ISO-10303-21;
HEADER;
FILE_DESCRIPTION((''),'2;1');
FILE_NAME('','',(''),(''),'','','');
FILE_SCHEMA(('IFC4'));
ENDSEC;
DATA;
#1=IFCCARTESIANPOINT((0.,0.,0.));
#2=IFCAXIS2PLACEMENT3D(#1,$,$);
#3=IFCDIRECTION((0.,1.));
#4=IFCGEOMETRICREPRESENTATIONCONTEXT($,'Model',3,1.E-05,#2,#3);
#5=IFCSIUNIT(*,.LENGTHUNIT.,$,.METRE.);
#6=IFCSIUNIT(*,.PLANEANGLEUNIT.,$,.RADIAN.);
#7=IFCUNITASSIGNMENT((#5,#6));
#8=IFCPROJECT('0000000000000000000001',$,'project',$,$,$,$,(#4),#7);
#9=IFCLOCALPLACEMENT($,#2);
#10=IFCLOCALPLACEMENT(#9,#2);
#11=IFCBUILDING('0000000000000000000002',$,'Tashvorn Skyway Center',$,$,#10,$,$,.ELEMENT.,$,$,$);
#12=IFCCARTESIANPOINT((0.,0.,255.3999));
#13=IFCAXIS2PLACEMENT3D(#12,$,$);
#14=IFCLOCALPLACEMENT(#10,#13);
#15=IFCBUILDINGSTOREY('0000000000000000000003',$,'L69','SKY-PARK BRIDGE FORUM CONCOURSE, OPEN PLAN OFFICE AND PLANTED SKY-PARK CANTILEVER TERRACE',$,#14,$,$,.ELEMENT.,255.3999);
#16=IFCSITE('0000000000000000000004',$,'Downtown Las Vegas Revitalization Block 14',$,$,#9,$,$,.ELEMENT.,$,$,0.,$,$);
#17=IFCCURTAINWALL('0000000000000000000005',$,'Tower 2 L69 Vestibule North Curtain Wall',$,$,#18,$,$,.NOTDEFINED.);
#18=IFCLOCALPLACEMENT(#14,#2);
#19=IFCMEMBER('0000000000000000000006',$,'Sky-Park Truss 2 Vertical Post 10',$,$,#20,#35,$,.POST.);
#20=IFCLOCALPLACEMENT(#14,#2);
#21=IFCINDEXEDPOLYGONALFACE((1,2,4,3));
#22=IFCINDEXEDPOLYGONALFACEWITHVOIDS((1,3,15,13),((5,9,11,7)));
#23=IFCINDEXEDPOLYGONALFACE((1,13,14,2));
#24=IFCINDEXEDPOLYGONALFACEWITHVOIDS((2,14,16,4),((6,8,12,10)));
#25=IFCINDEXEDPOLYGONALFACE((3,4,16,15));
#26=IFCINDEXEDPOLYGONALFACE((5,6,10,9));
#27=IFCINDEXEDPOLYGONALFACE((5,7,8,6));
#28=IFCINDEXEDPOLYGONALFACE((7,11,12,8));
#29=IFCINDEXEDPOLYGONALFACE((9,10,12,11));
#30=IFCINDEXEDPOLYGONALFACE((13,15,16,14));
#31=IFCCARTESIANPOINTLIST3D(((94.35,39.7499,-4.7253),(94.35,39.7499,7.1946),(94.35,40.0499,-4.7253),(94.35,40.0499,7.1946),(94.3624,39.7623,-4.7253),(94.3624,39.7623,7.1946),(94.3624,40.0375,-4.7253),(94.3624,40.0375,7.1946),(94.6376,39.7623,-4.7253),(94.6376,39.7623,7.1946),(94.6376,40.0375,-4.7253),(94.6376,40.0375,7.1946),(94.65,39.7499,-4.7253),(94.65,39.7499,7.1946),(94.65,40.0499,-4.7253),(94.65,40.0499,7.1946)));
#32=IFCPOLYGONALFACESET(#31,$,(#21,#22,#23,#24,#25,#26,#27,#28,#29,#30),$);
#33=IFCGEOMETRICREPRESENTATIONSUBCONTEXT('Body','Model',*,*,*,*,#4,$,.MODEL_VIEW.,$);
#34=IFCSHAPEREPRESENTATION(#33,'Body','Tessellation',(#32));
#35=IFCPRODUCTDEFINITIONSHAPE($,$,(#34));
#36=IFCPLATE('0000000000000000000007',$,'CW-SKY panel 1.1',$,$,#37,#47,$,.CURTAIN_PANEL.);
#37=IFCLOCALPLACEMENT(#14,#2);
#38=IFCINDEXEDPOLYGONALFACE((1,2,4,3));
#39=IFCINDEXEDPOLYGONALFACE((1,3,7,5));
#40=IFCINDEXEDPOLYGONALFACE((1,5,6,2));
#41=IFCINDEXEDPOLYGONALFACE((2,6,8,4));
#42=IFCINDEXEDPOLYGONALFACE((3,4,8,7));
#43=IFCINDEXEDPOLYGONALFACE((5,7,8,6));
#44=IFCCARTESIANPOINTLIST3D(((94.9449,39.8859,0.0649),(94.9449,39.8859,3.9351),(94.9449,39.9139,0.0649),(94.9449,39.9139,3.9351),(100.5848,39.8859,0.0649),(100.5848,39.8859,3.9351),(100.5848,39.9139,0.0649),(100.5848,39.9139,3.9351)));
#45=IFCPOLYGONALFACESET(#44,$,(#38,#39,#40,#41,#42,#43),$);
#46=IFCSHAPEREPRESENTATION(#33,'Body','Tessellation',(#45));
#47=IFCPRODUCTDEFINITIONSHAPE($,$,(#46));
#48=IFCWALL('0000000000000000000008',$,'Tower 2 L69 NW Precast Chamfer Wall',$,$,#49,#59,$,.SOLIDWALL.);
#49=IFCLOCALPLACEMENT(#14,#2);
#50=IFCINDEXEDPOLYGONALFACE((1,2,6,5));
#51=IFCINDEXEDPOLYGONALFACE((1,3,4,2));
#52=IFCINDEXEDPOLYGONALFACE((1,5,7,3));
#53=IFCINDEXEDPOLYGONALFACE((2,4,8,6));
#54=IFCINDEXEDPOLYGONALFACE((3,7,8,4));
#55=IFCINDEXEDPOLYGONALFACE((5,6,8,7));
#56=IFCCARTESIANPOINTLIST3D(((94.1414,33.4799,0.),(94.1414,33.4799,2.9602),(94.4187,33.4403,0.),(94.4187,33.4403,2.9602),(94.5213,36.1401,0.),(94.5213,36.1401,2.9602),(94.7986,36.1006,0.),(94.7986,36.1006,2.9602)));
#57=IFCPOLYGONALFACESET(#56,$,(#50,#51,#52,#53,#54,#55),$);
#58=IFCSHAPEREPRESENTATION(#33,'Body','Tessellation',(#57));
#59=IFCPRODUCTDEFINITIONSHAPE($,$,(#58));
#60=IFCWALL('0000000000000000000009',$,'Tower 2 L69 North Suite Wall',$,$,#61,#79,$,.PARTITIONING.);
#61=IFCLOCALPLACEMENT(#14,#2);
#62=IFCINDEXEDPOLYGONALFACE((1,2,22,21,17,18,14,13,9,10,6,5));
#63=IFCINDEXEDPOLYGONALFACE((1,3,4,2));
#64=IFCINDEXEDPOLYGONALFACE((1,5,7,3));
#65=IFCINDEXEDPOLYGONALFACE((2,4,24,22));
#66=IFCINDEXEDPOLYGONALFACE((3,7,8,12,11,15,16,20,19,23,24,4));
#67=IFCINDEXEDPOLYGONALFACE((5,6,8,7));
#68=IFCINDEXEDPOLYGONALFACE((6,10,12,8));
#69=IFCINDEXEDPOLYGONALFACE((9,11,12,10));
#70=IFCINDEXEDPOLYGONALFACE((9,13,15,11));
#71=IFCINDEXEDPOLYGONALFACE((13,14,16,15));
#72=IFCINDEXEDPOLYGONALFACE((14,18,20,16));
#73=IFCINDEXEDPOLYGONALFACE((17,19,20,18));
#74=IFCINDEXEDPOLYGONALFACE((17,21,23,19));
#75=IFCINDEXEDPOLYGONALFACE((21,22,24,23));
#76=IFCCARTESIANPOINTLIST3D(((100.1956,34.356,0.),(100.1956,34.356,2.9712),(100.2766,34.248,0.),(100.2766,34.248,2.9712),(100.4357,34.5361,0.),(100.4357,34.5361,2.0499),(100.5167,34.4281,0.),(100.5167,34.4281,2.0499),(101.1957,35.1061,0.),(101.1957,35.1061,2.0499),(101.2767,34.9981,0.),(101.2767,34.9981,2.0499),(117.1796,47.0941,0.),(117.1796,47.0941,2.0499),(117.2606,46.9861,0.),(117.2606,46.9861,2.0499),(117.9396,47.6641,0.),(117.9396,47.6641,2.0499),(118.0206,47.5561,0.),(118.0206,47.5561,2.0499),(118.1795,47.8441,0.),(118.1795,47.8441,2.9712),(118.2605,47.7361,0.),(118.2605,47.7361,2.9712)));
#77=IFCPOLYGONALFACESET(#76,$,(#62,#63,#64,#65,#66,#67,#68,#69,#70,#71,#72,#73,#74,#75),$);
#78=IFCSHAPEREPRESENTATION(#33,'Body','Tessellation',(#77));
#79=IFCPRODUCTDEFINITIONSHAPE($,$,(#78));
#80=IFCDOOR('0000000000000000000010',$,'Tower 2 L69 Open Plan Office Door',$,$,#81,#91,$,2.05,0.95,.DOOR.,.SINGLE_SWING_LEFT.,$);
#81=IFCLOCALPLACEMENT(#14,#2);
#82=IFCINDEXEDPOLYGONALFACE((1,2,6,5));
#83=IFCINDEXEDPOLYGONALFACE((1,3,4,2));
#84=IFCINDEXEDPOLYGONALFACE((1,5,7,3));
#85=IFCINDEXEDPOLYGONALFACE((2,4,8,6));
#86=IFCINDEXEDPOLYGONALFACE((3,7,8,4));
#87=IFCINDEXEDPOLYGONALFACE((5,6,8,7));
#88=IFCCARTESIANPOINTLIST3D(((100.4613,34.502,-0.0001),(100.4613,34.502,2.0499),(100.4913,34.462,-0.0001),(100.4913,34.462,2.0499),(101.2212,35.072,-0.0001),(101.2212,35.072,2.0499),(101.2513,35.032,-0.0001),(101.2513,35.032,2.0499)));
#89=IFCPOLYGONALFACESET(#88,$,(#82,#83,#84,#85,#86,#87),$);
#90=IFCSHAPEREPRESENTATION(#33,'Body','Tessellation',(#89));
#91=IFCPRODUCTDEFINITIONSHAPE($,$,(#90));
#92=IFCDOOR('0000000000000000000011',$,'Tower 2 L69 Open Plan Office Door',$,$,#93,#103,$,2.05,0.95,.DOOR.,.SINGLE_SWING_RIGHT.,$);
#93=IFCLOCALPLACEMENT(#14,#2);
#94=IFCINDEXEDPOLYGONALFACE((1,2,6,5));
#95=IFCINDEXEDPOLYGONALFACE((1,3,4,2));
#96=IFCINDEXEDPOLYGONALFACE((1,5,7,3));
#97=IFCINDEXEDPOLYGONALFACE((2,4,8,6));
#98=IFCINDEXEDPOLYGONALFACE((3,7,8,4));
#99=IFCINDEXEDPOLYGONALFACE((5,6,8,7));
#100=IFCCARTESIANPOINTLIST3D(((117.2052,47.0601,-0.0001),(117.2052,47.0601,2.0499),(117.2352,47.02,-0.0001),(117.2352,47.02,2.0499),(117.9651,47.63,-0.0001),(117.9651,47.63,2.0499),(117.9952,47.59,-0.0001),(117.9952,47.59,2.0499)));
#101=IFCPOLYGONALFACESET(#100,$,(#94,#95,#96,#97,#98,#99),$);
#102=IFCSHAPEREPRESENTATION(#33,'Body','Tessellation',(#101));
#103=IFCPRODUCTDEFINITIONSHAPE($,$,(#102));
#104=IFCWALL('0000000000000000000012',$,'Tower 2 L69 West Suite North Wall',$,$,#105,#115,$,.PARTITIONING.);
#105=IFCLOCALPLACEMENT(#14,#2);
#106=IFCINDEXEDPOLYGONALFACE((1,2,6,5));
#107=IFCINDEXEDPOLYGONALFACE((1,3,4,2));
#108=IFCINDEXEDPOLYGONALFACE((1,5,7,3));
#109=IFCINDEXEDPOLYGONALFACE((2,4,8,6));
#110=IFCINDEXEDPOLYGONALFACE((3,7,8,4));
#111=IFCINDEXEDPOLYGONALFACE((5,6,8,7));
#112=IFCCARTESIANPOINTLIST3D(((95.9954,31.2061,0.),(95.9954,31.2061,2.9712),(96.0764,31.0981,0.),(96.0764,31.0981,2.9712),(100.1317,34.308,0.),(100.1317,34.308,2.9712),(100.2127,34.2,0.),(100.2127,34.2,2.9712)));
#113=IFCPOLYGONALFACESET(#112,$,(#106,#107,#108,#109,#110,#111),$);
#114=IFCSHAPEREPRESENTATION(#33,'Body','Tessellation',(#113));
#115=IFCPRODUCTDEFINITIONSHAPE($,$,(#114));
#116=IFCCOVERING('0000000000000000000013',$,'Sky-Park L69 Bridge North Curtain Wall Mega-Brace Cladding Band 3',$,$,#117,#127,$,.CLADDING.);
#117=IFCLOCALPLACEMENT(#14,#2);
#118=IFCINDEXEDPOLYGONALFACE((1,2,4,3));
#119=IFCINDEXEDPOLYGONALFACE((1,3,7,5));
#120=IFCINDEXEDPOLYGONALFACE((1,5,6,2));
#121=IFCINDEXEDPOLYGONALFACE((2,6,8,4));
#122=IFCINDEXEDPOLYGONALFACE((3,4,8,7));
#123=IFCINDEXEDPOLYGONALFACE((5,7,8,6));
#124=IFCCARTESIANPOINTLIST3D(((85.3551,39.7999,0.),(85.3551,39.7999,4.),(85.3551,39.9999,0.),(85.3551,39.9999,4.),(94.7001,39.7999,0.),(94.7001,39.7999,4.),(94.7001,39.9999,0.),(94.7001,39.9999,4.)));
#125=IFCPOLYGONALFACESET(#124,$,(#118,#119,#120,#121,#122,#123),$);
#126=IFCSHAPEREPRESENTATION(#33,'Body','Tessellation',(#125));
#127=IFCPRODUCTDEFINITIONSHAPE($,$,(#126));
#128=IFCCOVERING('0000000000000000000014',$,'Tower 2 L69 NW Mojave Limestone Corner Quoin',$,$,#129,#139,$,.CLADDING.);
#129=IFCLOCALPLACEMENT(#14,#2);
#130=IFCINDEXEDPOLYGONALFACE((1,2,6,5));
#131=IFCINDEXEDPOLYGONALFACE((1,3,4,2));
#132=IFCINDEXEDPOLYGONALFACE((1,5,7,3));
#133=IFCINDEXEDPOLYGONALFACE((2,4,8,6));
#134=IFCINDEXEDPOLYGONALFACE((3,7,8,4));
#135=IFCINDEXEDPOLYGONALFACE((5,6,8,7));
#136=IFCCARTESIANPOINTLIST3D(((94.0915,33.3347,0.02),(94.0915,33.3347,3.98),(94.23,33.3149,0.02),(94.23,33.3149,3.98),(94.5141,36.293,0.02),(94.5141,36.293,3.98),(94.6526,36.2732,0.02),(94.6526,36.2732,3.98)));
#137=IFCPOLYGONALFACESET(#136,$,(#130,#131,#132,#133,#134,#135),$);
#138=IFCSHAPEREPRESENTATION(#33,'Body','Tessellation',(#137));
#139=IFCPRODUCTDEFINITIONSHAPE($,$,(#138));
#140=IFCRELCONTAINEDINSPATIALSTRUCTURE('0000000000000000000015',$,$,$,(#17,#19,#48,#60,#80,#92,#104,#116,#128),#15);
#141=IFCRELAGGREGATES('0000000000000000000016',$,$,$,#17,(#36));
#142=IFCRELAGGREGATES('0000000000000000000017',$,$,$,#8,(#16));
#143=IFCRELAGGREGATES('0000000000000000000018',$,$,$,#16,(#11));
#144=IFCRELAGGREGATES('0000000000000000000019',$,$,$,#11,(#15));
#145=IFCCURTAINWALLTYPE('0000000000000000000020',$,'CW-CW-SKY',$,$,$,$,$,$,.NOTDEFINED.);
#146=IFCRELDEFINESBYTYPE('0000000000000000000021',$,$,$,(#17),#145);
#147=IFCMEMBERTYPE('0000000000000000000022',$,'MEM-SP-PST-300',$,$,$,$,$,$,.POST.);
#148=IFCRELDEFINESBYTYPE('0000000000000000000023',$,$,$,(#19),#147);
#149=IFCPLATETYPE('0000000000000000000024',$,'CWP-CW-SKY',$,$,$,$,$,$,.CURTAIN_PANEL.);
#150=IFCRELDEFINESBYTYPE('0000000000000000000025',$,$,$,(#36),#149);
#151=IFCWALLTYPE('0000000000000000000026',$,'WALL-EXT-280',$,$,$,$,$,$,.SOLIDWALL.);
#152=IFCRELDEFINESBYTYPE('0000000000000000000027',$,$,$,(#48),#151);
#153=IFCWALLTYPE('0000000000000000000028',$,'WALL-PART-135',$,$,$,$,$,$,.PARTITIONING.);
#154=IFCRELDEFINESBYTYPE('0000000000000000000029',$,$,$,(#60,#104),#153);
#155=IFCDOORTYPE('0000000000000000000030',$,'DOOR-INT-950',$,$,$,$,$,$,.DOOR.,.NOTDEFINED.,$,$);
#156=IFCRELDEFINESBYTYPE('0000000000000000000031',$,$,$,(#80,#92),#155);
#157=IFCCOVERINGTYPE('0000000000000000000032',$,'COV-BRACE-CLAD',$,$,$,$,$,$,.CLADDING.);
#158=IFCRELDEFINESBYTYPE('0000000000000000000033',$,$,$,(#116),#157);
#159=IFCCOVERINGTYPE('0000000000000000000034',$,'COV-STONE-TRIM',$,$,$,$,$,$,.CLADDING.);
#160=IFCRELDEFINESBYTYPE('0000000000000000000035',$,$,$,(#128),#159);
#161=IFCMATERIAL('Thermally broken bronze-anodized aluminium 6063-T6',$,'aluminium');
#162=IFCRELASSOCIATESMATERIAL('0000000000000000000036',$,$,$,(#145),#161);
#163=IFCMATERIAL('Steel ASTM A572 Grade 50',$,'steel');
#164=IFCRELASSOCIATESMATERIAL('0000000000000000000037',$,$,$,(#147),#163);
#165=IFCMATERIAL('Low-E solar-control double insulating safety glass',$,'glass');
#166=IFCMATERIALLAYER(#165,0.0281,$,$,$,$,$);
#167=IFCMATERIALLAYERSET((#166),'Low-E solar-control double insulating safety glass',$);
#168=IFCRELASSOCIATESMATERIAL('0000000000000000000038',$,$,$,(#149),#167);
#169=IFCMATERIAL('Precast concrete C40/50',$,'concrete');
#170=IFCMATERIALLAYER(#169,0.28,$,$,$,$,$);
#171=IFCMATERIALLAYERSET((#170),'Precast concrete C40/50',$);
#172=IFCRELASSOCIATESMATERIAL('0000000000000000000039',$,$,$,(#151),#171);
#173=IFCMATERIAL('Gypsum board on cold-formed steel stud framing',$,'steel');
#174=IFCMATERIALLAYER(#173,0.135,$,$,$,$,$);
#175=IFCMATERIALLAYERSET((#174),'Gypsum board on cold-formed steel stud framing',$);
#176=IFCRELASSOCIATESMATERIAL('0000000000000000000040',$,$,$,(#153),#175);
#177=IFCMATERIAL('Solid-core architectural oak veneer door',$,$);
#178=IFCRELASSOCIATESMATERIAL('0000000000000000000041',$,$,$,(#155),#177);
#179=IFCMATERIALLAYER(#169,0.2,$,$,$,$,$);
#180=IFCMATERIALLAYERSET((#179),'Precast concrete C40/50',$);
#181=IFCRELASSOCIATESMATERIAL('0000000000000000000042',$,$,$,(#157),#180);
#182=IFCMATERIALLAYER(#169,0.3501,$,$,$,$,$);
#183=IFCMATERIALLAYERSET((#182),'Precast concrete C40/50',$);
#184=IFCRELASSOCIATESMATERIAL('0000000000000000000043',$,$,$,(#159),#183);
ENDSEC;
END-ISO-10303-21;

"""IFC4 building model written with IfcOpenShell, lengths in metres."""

from ifc_helpers import new_model, si_unit, direction, frame, frame_2d, origin, origin_2d, place, context, subcontext, project, spatial, rectangle, hollow_rectangle, extrude, material, layer, layer_set, material_profile, profile_set, type_object, element, fill, aggregate, save


model = new_model("IFC4")

# Units and contexts
model_context = context("Model", 3, precision=1e-05, world=origin(), true_north=direction((0.0, 1.0)))
body_context = subcontext(model_context, "Body", "Model", "MODEL_VIEW")
ifc_project = project(units=[si_unit("LENGTHUNIT", "METRE"), si_unit("PLANEANGLEUNIT", "RADIAN")], contexts=[model_context])

# Site, building, storey
site_placement = place(None, origin())
site = spatial("IfcSite", under=ifc_project, at=site_placement, Name="Downtown Las Vegas Revitalization Block 14", CompositionType="ELEMENT", RefElevation=0.0)
building_placement = place(site_placement, origin())
building = spatial("IfcBuilding", under=site, at=building_placement, Name="Tashvorn Skyway Center", CompositionType="ELEMENT")
storey_placement = place(building_placement, frame((0.0, 0.0, 255.3999)))
storey = spatial("IfcBuildingStorey", under=building, at=storey_placement, Name="L69", Description="SKY-PARK BRIDGE FORUM CONCOURSE, OPEN PLAN OFFICE AND PLANTED SKY-PARK CANTILEVER TERRACE", CompositionType="ELEMENT", Elevation=255.3999)

# Shared definitions
ifc_material_1 = material(Name="Steel ASTM A572 Grade 50", Category="steel")

# Curtain wall
ifc_material_2 = material(Name="Thermally broken bronze-anodized aluminium 6063-T6", Category="aluminium")
curtain_wall_type = type_object("IfcCurtainWallType", Name="CW-CW-SKY", PredefinedType="NOTDEFINED", material=ifc_material_2)
curtain_wall_1_placement = place(storey_placement, origin())
curtain_wall_1 = element("IfcCurtainWall", 1, at=curtain_wall_1_placement, inside=storey, type_object=curtain_wall_type, Name="Tower 2 L69 Vestibule North Curtain Wall", PredefinedType="NOTDEFINED")

# Member
ifc_material_profile_1 = material_profile(ifc_material_1, hollow_rectangle(XDim=0.3, YDim=0.3, WallThickness=0.0125, at=origin_2d()), Name="HSS300x300x12.5")
ifc_profile_set_1 = profile_set([ifc_material_profile_1], Name="Steel ASTM A572 Grade 50")
member_type_1 = type_object("IfcMemberType", Name="MEM-SP-PST-300", PredefinedType="POST", material=ifc_profile_set_1)
member_1_placement = place(storey_placement, frame((94.5, 39.8999, -4.7253), z_axis=(0.0, 0.0, 1.0), x_axis=(1.0, 0.0, 0.0)))
element("IfcMember", 2, at=member_1_placement, inside=storey, type_object=member_type_1, Name="Sky-Park Truss 2 Vertical Post 10", PredefinedType="POST", context=body_context, shape_type="SweptSolid", body=[
    extrude(hollow_rectangle(XDim=0.3, YDim=0.3, WallThickness=0.0125, at=origin_2d()), origin(), (0.0, 0.0, 1.0), 11.9199),
])

# Plate
ifc_material_3 = material(Name="Low-E solar-control double insulating safety glass", Category="glass")
ifc_layer_1 = layer(ifc_material_3, 0.0281)
ifc_layer_set_1 = layer_set([ifc_layer_1], Name="Low-E solar-control double insulating safety glass")
plate_type = type_object("IfcPlateType", Name="CWP-CW-SKY", PredefinedType="CURTAIN_PANEL", material=ifc_layer_set_1)
plate_placement = place(storey_placement, frame((97.7649, 39.8999, 0.0649), z_axis=(0.0, 0.0, 1.0), x_axis=(1.0, 0.0, 0.0)))
plate = element("IfcPlate", 3, at=plate_placement, type_object=plate_type, Name="CW-SKY panel 1.1", PredefinedType="CURTAIN_PANEL", context=body_context, shape_type="SweptSolid", body=[
    extrude(rectangle(XDim=5.6399, YDim=0.0281, at=origin_2d()), origin(), (0.0, 0.0, 1.0), 3.8701),
])
aggregate(curtain_wall_1, [plate])

# Wall
ifc_material_4 = material(Name="Precast concrete C40/50", Category="concrete")
ifc_layer_2 = layer(ifc_material_4, 0.28)
ifc_layer_set_2 = layer_set([ifc_layer_2], Name="Precast concrete C40/50")
wall_type_1 = type_object("IfcWallType", Name="WALL-EXT-280", PredefinedType="SOLIDWALL", material=ifc_layer_set_2)
wall_1_placement = place(storey_placement, frame((94.28, 33.46, 0.0), z_axis=(0.0, 0.0, 1.0), x_axis=(0.14137, 0.989957, 0.0)))
element("IfcWall", 4, at=wall_1_placement, inside=storey, type_object=wall_type_1, Name="Tower 2 L69 NW Precast Chamfer Wall", PredefinedType="SOLIDWALL", context=body_context, shape_type="SweptSolid", body=[
    extrude(rectangle(XDim=2.6873, YDim=0.28, at=frame_2d((1.3438, 0.0))), origin(), (0.0, 0.0, 1.0), 2.9602),
])

# Wall, openings, doors
ifc_material_5 = material(Name="Gypsum board on cold-formed steel stud framing", Category="steel")
ifc_layer_3 = layer(ifc_material_5, 0.135)
ifc_layer_set_3 = layer_set([ifc_layer_3], Name="Gypsum board on cold-formed steel stud framing")
wall_type_2 = type_object("IfcWallType", Name="WALL-PART-135", PredefinedType="PARTITIONING", material=ifc_layer_set_3)
wall_2_placement = place(storey_placement, frame((100.2361, 34.302, 0.0), z_axis=(0.0, 0.0, 1.0), x_axis=(0.799997, 0.600003, 0.0)))
wall_2 = element("IfcWall", 5, at=wall_2_placement, inside=storey, type_object=wall_type_2, Name="Tower 2 L69 North Suite Wall", PredefinedType="PARTITIONING", context=body_context, shape_type="SweptSolid", body=[
    extrude(rectangle(XDim=22.48, YDim=0.135, at=frame_2d((11.24, 0.0))), origin(), (0.0, 0.0, 1.0), 2.9712),
])
opening_1_placement = place(wall_2_placement, frame((0.3, 0.0, 0.0)))
opening_1 = element("IfcOpeningElement", 6, at=opening_1_placement, cuts=wall_2, PredefinedType="OPENING", context=body_context, shape_type="SweptSolid", body=[
    extrude(rectangle(XDim=0.95, YDim=2.05, at=frame_2d((0.4751, 1.0249))), frame((0.0, 0.0774, 0.0), z_axis=(0.0, -1.0, 0.0), x_axis=(1.0, 0.0, 0.0)), (0.0, 0.0, 1.0), 0.155),
])
opening_2_placement = place(wall_2_placement, frame((21.23, 0.0, 0.0)))
opening_2 = element("IfcOpeningElement", 7, at=opening_2_placement, cuts=wall_2, PredefinedType="OPENING", context=body_context, shape_type="SweptSolid", body=[
    extrude(rectangle(XDim=0.95, YDim=2.05, at=frame_2d((0.4751, 1.0249))), frame((0.0, 0.0774, 0.0), z_axis=(0.0, -1.0, 0.0), x_axis=(1.0, 0.0, 0.0)), (0.0, 0.0, 1.0), 0.155),
])
ifc_material_6 = material(Name="Solid-core architectural oak veneer door")
door_type = type_object("IfcDoorType", Name="DOOR-INT-950", OperationType="NOTDEFINED", PredefinedType="DOOR", material=ifc_material_6)
door_1_placement = place(opening_1_placement, origin())
door_1 = element("IfcDoor", 8, at=door_1_placement, inside=storey, type_object=door_type, Name="Tower 2 L69 Open Plan Office Door", OperationType="SINGLE_SWING_LEFT", OverallHeight=2.05, OverallWidth=0.95, PredefinedType="DOOR", context=body_context, shape_type="SweptSolid", body=[
    extrude(rectangle(XDim=0.95, YDim=2.05, at=frame_2d((0.4751, 1.0249))), frame((0.0, 0.0249, 0.0), z_axis=(0.0, -1.0, 0.0), x_axis=(1.0, 0.0, 0.0)), (0.0, 0.0, 1.0), 0.05),
])
fill(opening_1, door_1)
door_2_placement = place(opening_2_placement, origin())
door_2 = element("IfcDoor", 9, at=door_2_placement, inside=storey, type_object=door_type, Name="Tower 2 L69 Open Plan Office Door", OperationType="SINGLE_SWING_RIGHT", OverallHeight=2.05, OverallWidth=0.95, PredefinedType="DOOR", context=body_context, shape_type="SweptSolid", body=[
    extrude(rectangle(XDim=0.95, YDim=2.05, at=frame_2d((0.4751, 1.0249))), frame((0.0, 0.0249, 0.0), z_axis=(0.0, -1.0, 0.0), x_axis=(1.0, 0.0, 0.0)), (0.0, 0.0, 1.0), 0.05),
])
fill(opening_2, door_2)

# Wall
wall_3_placement = place(storey_placement, frame((100.1721, 34.2539, 0.0), z_axis=(0.0, 0.0, 1.0), x_axis=(-0.800034, -0.599955, 0.0)))
element("IfcWall", 10, at=wall_3_placement, inside=storey, type_object=wall_type_2, Name="Tower 2 L69 West Suite North Wall", PredefinedType="PARTITIONING", context=body_context, shape_type="SweptSolid", body=[
    extrude(rectangle(XDim=5.1702, YDim=0.135, at=frame_2d((2.585, 0.0))), origin(), (0.0, 0.0, 1.0), 2.9712),
])

# Coverings
ifc_layer_4 = layer(ifc_material_4, 0.2)
ifc_layer_set_4 = layer_set([ifc_layer_4], Name="Precast concrete C40/50")
covering_type_1 = type_object("IfcCoveringType", Name="COV-BRACE-CLAD", PredefinedType="CLADDING", material=ifc_layer_set_4)
covering_1_placement = place(storey_placement, frame((90.0276, 39.8999, 0.0), z_axis=(0.0, 0.0, 1.0), x_axis=(1.0, 0.0, 0.0)))
element("IfcCovering", 11, at=covering_1_placement, inside=storey, type_object=covering_type_1, Name="Sky-Park L69 Bridge North Curtain Wall Mega-Brace Cladding Band 3", PredefinedType="CLADDING", context=body_context, shape_type="SweptSolid", body=[
    extrude(rectangle(XDim=9.345, YDim=0.2, at=origin_2d()), origin(), (0.0, 0.0, 1.0), 4.0),
])
ifc_layer_5 = layer(ifc_material_4, 0.3501)
ifc_layer_set_5 = layer_set([ifc_layer_5], Name="Precast concrete C40/50")
covering_type_2 = type_object("IfcCoveringType", Name="COV-STONE-TRIM", PredefinedType="CLADDING", material=ifc_layer_set_5)
covering_2_placement = place(storey_placement, frame((94.3721, 34.804, 0.02), z_axis=(0.0, 0.0, 1.0), x_axis=(-0.141421, -0.989949, 0.0)))
element("IfcCovering", 12, at=covering_2_placement, inside=storey, type_object=covering_type_2, Name="Tower 2 L69 NW Mojave Limestone Corner Quoin", PredefinedType="CLADDING", context=body_context, shape_type="SweptSolid", body=[
    extrude(rectangle(XDim=2.9883, YDim=0.1399, at=origin_2d()), origin(), (0.0, 0.0, 1.0), 3.96),
])

save(model, "model.ifc")
